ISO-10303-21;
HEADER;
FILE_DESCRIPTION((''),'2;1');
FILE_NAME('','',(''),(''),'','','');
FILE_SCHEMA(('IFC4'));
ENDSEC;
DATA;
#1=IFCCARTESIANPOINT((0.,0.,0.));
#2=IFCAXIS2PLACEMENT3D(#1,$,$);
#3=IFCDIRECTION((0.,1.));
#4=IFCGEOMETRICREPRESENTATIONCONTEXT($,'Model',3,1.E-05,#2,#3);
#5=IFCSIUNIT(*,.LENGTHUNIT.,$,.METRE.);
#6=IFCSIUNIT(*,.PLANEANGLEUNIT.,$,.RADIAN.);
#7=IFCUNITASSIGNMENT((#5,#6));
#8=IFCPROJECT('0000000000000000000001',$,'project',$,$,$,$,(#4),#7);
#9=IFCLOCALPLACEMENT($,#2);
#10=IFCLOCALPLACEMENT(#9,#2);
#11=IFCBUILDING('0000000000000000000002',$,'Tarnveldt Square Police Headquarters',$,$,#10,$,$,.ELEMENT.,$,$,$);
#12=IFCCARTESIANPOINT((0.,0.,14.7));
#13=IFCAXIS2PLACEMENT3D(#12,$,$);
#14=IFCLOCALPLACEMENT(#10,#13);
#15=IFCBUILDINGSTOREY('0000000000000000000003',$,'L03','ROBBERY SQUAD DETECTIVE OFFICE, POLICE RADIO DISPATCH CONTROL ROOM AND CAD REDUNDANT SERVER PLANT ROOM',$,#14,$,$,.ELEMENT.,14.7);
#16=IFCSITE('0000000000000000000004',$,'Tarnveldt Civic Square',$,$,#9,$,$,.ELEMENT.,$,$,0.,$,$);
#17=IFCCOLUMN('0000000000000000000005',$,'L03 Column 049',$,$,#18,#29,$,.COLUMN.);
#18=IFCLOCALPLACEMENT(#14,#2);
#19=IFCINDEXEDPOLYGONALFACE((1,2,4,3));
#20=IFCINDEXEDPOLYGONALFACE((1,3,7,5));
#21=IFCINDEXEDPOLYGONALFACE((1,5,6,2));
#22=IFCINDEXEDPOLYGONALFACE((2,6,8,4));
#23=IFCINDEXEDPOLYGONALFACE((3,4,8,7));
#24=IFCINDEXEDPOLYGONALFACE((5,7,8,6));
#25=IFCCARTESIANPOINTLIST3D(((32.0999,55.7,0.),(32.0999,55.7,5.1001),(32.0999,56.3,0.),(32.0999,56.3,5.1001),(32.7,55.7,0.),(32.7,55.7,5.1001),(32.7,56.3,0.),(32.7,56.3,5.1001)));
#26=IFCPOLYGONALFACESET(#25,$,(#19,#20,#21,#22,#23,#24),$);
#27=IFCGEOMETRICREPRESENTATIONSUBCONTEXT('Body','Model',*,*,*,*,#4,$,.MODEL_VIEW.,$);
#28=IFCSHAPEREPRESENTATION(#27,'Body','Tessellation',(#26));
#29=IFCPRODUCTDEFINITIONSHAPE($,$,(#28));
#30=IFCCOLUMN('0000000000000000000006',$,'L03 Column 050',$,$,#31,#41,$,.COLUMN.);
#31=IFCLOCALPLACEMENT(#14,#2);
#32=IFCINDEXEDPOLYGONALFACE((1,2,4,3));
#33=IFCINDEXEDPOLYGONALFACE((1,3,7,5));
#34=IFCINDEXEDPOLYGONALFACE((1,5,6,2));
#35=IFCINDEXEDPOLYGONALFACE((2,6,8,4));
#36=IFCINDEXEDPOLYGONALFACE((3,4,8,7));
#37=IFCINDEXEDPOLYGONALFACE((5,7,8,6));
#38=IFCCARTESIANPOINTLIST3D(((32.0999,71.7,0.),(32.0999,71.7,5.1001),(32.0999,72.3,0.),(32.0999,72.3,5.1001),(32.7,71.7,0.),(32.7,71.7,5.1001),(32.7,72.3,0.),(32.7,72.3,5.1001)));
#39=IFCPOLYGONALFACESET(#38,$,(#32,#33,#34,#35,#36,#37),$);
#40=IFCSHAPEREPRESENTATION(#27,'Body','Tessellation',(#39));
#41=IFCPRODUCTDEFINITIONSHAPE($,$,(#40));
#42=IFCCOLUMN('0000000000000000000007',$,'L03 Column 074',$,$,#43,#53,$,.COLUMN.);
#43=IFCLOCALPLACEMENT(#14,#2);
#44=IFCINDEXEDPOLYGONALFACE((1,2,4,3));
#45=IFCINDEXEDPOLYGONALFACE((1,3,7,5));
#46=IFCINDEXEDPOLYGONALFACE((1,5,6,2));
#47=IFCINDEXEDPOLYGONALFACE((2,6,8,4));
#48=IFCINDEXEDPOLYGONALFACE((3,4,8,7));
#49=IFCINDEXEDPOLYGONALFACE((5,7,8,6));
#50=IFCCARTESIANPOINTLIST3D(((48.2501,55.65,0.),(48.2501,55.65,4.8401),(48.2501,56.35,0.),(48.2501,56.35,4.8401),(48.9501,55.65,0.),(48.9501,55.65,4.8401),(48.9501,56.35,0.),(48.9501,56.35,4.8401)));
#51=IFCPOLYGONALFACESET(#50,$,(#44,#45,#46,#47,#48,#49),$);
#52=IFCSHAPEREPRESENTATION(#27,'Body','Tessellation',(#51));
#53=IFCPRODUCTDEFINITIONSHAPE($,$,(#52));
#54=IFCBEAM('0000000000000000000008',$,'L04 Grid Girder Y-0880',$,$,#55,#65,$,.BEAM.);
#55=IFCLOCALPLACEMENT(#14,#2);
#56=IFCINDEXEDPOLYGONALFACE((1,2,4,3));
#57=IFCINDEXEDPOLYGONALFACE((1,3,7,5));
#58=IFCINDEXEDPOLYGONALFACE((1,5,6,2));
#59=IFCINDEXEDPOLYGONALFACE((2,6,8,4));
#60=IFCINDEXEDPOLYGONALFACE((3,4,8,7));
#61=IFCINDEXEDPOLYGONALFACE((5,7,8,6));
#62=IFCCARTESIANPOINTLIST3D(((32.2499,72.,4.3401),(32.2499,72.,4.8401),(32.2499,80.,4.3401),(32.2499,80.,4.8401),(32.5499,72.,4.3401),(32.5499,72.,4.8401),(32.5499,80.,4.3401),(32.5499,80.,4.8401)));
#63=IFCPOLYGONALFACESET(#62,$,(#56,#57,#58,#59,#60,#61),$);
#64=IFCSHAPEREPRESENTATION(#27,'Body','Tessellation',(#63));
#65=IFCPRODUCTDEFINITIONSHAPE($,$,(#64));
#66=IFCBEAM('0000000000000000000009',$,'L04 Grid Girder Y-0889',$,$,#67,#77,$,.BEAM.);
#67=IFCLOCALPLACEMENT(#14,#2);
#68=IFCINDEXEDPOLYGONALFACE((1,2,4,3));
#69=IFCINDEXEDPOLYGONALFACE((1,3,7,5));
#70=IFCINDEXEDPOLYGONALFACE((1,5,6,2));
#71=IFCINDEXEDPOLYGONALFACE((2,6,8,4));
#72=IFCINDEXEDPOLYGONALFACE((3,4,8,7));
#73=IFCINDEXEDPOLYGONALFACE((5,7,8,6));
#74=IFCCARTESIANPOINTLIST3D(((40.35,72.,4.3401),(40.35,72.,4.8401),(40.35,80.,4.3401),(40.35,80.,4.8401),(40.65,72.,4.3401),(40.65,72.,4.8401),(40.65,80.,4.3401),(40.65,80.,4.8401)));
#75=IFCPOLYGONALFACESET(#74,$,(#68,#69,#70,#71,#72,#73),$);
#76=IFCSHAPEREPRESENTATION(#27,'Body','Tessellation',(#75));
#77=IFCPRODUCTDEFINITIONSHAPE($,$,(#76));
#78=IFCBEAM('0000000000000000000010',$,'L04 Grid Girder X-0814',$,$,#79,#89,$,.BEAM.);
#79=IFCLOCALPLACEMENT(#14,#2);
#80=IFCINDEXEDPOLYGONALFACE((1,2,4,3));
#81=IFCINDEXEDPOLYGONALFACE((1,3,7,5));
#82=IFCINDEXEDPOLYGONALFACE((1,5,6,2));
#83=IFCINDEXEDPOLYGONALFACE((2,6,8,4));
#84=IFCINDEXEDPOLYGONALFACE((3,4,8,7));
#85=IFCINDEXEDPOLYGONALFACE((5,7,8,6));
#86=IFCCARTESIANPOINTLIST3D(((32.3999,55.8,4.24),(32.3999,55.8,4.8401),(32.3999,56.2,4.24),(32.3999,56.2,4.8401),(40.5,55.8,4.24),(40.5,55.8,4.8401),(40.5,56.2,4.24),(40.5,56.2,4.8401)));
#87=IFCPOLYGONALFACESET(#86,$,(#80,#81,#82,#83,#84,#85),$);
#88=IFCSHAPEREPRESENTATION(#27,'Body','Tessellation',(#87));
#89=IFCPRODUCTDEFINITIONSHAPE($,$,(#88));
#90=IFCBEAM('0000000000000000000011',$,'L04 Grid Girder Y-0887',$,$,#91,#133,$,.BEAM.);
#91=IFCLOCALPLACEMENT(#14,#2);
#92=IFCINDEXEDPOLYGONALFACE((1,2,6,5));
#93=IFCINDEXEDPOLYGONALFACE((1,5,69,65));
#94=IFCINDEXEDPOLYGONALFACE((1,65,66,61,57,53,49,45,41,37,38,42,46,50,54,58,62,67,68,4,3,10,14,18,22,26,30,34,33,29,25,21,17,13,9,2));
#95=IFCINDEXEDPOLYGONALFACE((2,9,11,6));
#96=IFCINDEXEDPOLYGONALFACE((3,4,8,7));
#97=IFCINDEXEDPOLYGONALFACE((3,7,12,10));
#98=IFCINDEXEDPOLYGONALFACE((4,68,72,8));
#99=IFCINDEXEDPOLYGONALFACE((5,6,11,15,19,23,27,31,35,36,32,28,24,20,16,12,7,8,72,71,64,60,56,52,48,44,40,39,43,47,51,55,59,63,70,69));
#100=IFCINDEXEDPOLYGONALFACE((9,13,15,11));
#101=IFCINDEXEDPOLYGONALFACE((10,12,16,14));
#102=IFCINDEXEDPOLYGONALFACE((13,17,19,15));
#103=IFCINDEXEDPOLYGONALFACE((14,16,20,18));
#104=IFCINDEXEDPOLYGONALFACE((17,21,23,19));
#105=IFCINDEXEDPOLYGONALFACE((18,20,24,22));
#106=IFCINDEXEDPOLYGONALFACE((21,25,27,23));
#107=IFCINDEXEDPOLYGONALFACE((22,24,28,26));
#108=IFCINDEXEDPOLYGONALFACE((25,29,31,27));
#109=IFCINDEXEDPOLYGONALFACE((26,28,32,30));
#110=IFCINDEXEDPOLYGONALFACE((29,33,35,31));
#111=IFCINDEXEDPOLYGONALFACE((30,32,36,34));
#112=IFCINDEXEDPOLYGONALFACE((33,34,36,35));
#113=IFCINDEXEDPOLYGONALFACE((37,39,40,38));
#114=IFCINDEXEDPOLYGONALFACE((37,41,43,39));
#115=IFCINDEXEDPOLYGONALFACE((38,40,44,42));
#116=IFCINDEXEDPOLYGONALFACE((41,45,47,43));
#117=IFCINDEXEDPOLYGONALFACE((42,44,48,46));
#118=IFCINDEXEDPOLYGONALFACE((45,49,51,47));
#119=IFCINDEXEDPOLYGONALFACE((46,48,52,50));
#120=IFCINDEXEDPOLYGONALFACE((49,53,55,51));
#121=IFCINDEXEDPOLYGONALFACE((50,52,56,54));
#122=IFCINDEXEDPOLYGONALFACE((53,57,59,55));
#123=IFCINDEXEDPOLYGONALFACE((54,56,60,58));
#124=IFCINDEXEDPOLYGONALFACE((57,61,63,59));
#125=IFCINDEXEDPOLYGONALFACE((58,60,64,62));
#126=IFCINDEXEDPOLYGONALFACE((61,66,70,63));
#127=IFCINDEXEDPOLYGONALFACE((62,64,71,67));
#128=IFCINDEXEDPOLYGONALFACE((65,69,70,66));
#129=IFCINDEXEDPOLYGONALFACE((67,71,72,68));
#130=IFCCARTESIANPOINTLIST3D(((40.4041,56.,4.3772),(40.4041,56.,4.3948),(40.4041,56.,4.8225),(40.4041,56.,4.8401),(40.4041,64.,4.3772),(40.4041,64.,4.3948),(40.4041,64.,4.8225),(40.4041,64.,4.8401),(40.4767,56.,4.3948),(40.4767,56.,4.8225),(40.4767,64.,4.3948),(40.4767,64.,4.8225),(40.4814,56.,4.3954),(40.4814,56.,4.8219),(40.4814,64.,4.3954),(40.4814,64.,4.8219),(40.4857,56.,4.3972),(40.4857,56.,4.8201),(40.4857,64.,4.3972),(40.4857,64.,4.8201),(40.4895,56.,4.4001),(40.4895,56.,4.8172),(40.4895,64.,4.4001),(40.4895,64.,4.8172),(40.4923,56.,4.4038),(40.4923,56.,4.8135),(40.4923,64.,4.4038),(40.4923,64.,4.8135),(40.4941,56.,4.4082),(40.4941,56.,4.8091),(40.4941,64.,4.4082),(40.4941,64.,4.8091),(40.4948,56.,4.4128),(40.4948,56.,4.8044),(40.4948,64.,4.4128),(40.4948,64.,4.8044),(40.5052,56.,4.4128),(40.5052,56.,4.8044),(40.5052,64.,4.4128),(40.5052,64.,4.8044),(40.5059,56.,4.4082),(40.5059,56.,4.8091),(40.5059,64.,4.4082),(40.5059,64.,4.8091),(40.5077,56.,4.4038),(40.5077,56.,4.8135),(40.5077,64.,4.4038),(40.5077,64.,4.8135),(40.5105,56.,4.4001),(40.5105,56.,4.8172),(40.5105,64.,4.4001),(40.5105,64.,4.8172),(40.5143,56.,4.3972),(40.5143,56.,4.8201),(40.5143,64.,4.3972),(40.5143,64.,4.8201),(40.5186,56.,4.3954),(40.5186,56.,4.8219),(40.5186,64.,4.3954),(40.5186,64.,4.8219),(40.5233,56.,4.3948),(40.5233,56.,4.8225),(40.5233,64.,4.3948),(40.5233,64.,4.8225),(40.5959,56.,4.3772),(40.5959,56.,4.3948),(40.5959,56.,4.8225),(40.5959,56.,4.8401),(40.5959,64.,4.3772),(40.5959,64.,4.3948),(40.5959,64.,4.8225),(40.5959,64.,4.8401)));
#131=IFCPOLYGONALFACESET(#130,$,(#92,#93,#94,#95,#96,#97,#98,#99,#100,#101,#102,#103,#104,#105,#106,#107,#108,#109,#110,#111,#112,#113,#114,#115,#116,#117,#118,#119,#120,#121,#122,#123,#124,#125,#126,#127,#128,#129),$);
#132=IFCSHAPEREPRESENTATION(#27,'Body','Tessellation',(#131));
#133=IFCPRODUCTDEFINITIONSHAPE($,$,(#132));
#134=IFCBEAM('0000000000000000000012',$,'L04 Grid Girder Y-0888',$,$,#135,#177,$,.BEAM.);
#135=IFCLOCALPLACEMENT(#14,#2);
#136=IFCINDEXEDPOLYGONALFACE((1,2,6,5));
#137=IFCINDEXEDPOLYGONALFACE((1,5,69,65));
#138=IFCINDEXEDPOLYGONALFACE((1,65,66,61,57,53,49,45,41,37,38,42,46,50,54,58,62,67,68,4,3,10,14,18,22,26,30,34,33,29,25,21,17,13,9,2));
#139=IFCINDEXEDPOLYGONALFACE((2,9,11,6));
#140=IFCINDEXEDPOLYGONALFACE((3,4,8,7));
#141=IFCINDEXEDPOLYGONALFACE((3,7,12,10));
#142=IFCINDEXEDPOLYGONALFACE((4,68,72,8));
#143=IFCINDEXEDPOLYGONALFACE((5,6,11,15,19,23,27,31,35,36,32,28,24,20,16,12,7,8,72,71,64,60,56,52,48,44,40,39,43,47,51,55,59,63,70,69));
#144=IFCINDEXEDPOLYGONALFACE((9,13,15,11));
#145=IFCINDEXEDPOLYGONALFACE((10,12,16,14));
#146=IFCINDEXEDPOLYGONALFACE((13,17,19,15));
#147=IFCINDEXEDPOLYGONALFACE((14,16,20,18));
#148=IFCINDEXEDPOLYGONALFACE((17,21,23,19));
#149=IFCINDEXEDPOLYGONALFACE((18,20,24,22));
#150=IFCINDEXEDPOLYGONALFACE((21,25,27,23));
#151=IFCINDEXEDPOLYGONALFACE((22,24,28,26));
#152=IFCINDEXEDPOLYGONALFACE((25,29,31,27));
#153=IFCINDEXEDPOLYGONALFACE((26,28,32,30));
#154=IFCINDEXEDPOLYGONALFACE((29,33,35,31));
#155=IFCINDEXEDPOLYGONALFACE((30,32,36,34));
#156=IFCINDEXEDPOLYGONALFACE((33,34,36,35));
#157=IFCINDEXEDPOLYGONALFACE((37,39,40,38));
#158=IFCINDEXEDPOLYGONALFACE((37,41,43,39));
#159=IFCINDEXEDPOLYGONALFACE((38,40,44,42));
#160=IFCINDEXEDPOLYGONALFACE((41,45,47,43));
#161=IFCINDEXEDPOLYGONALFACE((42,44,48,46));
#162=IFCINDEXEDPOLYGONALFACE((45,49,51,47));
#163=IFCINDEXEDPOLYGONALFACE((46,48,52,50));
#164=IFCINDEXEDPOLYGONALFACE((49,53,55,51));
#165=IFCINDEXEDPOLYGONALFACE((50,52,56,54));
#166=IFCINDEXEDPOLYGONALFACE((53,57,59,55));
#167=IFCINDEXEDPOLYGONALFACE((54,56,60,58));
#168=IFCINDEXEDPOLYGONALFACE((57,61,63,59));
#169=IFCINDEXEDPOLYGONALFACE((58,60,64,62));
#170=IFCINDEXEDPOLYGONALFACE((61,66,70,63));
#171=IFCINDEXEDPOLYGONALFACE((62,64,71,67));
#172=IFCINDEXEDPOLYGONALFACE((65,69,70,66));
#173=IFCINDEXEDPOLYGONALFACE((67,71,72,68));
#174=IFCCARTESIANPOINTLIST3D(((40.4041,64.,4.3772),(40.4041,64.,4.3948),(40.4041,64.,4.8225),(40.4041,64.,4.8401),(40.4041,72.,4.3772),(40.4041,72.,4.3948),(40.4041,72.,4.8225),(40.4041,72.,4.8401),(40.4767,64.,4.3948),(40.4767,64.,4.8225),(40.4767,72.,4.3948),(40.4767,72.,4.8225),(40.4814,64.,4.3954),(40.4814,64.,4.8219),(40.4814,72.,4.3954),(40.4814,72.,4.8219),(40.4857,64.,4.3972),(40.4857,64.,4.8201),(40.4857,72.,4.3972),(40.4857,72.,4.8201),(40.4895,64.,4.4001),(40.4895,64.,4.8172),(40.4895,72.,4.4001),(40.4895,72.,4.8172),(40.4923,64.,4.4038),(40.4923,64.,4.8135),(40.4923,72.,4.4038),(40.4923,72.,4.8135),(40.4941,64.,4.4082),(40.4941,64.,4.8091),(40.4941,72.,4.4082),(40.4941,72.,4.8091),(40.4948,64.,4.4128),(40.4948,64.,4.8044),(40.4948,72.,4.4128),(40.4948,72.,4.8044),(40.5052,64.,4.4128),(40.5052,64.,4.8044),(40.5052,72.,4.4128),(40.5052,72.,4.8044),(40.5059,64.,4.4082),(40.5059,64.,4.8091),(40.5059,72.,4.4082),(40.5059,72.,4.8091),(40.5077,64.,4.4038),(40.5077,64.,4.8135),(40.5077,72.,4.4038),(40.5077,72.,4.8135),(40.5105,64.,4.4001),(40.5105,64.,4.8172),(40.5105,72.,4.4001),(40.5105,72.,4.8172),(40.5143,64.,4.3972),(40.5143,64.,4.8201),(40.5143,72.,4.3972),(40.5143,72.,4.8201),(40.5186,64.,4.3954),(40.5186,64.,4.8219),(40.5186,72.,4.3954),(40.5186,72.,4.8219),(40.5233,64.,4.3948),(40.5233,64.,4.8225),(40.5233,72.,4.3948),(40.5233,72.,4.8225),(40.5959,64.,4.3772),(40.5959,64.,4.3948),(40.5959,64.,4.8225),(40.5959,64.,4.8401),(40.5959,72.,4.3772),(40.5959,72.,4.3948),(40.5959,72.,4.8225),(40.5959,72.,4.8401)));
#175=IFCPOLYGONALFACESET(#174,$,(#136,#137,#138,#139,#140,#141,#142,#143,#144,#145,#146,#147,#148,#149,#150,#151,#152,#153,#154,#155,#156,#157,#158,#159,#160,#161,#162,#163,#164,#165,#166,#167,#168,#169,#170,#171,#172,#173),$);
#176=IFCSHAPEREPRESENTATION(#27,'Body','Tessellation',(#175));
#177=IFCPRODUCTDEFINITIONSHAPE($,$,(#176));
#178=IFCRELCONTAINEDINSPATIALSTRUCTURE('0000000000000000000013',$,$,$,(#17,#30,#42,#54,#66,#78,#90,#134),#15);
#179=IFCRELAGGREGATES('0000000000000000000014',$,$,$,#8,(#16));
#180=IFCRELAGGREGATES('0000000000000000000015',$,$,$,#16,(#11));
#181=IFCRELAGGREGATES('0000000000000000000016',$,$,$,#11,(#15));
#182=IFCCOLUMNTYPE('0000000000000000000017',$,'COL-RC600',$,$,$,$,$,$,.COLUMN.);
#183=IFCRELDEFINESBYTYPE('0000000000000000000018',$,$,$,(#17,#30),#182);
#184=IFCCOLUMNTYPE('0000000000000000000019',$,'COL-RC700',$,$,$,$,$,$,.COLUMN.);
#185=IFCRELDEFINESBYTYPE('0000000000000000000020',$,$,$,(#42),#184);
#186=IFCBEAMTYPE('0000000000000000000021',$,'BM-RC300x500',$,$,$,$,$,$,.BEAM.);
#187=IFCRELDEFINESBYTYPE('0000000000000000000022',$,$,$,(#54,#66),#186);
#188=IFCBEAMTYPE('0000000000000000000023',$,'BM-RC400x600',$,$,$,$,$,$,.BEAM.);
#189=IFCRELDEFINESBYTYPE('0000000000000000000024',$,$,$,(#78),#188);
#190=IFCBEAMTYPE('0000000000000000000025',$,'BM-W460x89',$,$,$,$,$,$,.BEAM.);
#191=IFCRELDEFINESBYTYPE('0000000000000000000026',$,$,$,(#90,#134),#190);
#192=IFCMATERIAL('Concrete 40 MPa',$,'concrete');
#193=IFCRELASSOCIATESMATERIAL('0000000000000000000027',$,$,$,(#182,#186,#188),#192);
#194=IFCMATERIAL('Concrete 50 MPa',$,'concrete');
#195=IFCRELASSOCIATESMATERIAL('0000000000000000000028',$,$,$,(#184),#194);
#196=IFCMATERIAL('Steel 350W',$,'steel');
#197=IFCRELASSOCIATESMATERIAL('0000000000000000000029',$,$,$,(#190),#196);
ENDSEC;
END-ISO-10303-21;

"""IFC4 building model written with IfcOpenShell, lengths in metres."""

from ifc_helpers import new_model, si_unit, direction, frame, origin, origin_2d, place, context, subcontext, project, spatial, rectangle, i_section, extrude, material, material_profile, profile_set, type_object, element, save


model = new_model("IFC4")

# Units and contexts
model_context = context("Model", 3, precision=1e-05, world=origin(), true_north=direction((0.0, 1.0)))
body_context = subcontext(model_context, "Body", "Model", "MODEL_VIEW")
ifc_project = project(units=[si_unit("LENGTHUNIT", "METRE"), si_unit("PLANEANGLEUNIT", "RADIAN")], contexts=[model_context])

# Site, building, storey
site_placement = place(None, origin())
site = spatial("IfcSite", under=ifc_project, at=site_placement, Name="Tarnveldt Civic Square", CompositionType="ELEMENT", RefElevation=0.0)
building_placement = place(site_placement, origin())
building = spatial("IfcBuilding", under=site, at=building_placement, Name="Tarnveldt Square Police Headquarters", CompositionType="ELEMENT")
storey_placement = place(building_placement, frame((0.0, 0.0, 14.7)))
storey = spatial("IfcBuildingStorey", under=building, at=storey_placement, Name="L03", Description="ROBBERY SQUAD DETECTIVE OFFICE, POLICE RADIO DISPATCH CONTROL ROOM AND CAD REDUNDANT SERVER PLANT ROOM", CompositionType="ELEMENT", Elevation=14.7)

# Columns
ifc_material_1 = material(Name="Steel 350W", Category="steel")
ifc_material_2 = material(Name="Concrete 40 MPa", Category="concrete")
ifc_material_profile_1 = material_profile(ifc_material_2, rectangle(XDim=0.6001, YDim=0.6001, at=origin_2d()), Name="RC-C600x600")
ifc_profile_set_1 = profile_set([ifc_material_profile_1], Name="Concrete 40 MPa")
column_type_1 = type_object("IfcColumnType", Name="COL-RC600", PredefinedType="COLUMN", material=ifc_profile_set_1)
for number, where, z_axis, x_axis, name in (
    (1, (32.3999, 56.0, 0.0), (0.0, 0.0, 1.0), (1.0, 0.0, 0.0), "L03 Column 049"),
    (2, (32.3999, 72.0, 0.0), (0.0, 0.0, 1.0), (1.0, 0.0, 0.0), "L03 Column 050"),
):
    element("IfcColumn", number, at=place(storey_placement, frame(where, z_axis=z_axis, x_axis=x_axis)), inside=storey, type_object=column_type_1, Name=name, PredefinedType="COLUMN", context=body_context, shape_type="SweptSolid", body=[
        extrude(rectangle(XDim=0.6001, YDim=0.6001, at=origin_2d()), origin(), (0.0, 0.0, 1.0), 5.1001),
    ])
ifc_material_3 = material(Name="Concrete 50 MPa", Category="concrete")
ifc_material_profile_2 = material_profile(ifc_material_3, rectangle(XDim=0.7, YDim=0.7, at=origin_2d()), Name="RC-C700x700")
ifc_profile_set_2 = profile_set([ifc_material_profile_2], Name="Concrete 50 MPa")
column_type_2 = type_object("IfcColumnType", Name="COL-RC700", PredefinedType="COLUMN", material=ifc_profile_set_2)
column_placement = place(storey_placement, frame((48.6001, 56.0, 0.0), z_axis=(0.0, 0.0, 1.0), x_axis=(1.0, 0.0, 0.0)))
element("IfcColumn", 3, at=column_placement, inside=storey, type_object=column_type_2, Name="L03 Column 074", PredefinedType="COLUMN", context=body_context, shape_type="SweptSolid", body=[
    extrude(rectangle(XDim=0.7, YDim=0.7, at=origin_2d()), origin(), (0.0, 0.0, 1.0), 4.8401),
])

# Beams
ifc_material_profile_3 = material_profile(ifc_material_2, rectangle(XDim=0.3, YDim=0.5, at=origin_2d()), Name="RC-B300x500")
ifc_profile_set_3 = profile_set([ifc_material_profile_3], Name="Concrete 40 MPa")
beam_type_1 = type_object("IfcBeamType", Name="BM-RC300x500", PredefinedType="BEAM", material=ifc_profile_set_3)
for number, where, z_axis, x_axis, name in (
    (4, (32.3999, 72.0, 4.5901), (0.0, 1.0, 0.0), (-1.0, 0.0, 0.0), "L04 Grid Girder Y-0880"),
    (5, (40.5, 72.0, 4.5901), (0.0, 1.0, 0.0), (-1.0, 0.0, 0.0), "L04 Grid Girder Y-0889"),
):
    element("IfcBeam", number, at=place(storey_placement, frame(where, z_axis=z_axis, x_axis=x_axis)), inside=storey, type_object=beam_type_1, Name=name, PredefinedType="BEAM", context=body_context, shape_type="SweptSolid", body=[
        extrude(rectangle(XDim=0.3, YDim=0.5, at=origin_2d()), origin(), (0.0, 0.0, 1.0), 8.0),
    ])
ifc_material_profile_4 = material_profile(ifc_material_2, rectangle(XDim=0.3999, YDim=0.6001, at=origin_2d()), Name="RC-B400x600")
ifc_profile_set_4 = profile_set([ifc_material_profile_4], Name="Concrete 40 MPa")
beam_type_2 = type_object("IfcBeamType", Name="BM-RC400x600", PredefinedType="BEAM", material=ifc_profile_set_4)
beam_1_placement = place(storey_placement, frame((32.3999, 56.0, 4.54), z_axis=(1.0, 0.0, 0.0), x_axis=(0.0, 1.0, 0.0)))
element("IfcBeam", 6, at=beam_1_placement, inside=storey, type_object=beam_type_2, Name="L04 Grid Girder X-0814", PredefinedType="BEAM", context=body_context, shape_type="SweptSolid", body=[
    extrude(rectangle(XDim=0.3999, YDim=0.6001, at=origin_2d()), origin(), (0.0, 0.0, 1.0), 8.1001),
])
ifc_material_profile_5 = material_profile(ifc_material_1, i_section(OverallWidth=0.1919, OverallDepth=0.4629, WebThickness=0.0105, FlangeThickness=0.0176, FilletRadius=0.0181, at=origin_2d()), Name="W460x89")
ifc_profile_set_5 = profile_set([ifc_material_profile_5], Name="Steel 350W")
beam_type_3 = type_object("IfcBeamType", Name="BM-W460x89", PredefinedType="BEAM", material=ifc_profile_set_5)
for number, where, z_axis, x_axis, name in (
    (7, (40.5, 56.0, 4.6086), (0.0, 1.0, 0.0), (-1.0, 0.0, 0.0), "L04 Grid Girder Y-0887"),
    (8, (40.5, 64.0, 4.6086), (0.0, 1.0, 0.0), (-1.0, 0.0, 0.0), "L04 Grid Girder Y-0888"),
):
    element("IfcBeam", number, at=place(storey_placement, frame(where, z_axis=z_axis, x_axis=x_axis)), inside=storey, type_object=beam_type_3, Name=name, PredefinedType="BEAM", context=body_context, shape_type="SweptSolid", body=[
        extrude(i_section(OverallWidth=0.1919, OverallDepth=0.4629, WebThickness=0.0105, FlangeThickness=0.0176, FilletRadius=0.0181, at=origin_2d()), origin(), (0.0, 0.0, 1.0), 8.0),
    ])

save(model, "model.ifc")
